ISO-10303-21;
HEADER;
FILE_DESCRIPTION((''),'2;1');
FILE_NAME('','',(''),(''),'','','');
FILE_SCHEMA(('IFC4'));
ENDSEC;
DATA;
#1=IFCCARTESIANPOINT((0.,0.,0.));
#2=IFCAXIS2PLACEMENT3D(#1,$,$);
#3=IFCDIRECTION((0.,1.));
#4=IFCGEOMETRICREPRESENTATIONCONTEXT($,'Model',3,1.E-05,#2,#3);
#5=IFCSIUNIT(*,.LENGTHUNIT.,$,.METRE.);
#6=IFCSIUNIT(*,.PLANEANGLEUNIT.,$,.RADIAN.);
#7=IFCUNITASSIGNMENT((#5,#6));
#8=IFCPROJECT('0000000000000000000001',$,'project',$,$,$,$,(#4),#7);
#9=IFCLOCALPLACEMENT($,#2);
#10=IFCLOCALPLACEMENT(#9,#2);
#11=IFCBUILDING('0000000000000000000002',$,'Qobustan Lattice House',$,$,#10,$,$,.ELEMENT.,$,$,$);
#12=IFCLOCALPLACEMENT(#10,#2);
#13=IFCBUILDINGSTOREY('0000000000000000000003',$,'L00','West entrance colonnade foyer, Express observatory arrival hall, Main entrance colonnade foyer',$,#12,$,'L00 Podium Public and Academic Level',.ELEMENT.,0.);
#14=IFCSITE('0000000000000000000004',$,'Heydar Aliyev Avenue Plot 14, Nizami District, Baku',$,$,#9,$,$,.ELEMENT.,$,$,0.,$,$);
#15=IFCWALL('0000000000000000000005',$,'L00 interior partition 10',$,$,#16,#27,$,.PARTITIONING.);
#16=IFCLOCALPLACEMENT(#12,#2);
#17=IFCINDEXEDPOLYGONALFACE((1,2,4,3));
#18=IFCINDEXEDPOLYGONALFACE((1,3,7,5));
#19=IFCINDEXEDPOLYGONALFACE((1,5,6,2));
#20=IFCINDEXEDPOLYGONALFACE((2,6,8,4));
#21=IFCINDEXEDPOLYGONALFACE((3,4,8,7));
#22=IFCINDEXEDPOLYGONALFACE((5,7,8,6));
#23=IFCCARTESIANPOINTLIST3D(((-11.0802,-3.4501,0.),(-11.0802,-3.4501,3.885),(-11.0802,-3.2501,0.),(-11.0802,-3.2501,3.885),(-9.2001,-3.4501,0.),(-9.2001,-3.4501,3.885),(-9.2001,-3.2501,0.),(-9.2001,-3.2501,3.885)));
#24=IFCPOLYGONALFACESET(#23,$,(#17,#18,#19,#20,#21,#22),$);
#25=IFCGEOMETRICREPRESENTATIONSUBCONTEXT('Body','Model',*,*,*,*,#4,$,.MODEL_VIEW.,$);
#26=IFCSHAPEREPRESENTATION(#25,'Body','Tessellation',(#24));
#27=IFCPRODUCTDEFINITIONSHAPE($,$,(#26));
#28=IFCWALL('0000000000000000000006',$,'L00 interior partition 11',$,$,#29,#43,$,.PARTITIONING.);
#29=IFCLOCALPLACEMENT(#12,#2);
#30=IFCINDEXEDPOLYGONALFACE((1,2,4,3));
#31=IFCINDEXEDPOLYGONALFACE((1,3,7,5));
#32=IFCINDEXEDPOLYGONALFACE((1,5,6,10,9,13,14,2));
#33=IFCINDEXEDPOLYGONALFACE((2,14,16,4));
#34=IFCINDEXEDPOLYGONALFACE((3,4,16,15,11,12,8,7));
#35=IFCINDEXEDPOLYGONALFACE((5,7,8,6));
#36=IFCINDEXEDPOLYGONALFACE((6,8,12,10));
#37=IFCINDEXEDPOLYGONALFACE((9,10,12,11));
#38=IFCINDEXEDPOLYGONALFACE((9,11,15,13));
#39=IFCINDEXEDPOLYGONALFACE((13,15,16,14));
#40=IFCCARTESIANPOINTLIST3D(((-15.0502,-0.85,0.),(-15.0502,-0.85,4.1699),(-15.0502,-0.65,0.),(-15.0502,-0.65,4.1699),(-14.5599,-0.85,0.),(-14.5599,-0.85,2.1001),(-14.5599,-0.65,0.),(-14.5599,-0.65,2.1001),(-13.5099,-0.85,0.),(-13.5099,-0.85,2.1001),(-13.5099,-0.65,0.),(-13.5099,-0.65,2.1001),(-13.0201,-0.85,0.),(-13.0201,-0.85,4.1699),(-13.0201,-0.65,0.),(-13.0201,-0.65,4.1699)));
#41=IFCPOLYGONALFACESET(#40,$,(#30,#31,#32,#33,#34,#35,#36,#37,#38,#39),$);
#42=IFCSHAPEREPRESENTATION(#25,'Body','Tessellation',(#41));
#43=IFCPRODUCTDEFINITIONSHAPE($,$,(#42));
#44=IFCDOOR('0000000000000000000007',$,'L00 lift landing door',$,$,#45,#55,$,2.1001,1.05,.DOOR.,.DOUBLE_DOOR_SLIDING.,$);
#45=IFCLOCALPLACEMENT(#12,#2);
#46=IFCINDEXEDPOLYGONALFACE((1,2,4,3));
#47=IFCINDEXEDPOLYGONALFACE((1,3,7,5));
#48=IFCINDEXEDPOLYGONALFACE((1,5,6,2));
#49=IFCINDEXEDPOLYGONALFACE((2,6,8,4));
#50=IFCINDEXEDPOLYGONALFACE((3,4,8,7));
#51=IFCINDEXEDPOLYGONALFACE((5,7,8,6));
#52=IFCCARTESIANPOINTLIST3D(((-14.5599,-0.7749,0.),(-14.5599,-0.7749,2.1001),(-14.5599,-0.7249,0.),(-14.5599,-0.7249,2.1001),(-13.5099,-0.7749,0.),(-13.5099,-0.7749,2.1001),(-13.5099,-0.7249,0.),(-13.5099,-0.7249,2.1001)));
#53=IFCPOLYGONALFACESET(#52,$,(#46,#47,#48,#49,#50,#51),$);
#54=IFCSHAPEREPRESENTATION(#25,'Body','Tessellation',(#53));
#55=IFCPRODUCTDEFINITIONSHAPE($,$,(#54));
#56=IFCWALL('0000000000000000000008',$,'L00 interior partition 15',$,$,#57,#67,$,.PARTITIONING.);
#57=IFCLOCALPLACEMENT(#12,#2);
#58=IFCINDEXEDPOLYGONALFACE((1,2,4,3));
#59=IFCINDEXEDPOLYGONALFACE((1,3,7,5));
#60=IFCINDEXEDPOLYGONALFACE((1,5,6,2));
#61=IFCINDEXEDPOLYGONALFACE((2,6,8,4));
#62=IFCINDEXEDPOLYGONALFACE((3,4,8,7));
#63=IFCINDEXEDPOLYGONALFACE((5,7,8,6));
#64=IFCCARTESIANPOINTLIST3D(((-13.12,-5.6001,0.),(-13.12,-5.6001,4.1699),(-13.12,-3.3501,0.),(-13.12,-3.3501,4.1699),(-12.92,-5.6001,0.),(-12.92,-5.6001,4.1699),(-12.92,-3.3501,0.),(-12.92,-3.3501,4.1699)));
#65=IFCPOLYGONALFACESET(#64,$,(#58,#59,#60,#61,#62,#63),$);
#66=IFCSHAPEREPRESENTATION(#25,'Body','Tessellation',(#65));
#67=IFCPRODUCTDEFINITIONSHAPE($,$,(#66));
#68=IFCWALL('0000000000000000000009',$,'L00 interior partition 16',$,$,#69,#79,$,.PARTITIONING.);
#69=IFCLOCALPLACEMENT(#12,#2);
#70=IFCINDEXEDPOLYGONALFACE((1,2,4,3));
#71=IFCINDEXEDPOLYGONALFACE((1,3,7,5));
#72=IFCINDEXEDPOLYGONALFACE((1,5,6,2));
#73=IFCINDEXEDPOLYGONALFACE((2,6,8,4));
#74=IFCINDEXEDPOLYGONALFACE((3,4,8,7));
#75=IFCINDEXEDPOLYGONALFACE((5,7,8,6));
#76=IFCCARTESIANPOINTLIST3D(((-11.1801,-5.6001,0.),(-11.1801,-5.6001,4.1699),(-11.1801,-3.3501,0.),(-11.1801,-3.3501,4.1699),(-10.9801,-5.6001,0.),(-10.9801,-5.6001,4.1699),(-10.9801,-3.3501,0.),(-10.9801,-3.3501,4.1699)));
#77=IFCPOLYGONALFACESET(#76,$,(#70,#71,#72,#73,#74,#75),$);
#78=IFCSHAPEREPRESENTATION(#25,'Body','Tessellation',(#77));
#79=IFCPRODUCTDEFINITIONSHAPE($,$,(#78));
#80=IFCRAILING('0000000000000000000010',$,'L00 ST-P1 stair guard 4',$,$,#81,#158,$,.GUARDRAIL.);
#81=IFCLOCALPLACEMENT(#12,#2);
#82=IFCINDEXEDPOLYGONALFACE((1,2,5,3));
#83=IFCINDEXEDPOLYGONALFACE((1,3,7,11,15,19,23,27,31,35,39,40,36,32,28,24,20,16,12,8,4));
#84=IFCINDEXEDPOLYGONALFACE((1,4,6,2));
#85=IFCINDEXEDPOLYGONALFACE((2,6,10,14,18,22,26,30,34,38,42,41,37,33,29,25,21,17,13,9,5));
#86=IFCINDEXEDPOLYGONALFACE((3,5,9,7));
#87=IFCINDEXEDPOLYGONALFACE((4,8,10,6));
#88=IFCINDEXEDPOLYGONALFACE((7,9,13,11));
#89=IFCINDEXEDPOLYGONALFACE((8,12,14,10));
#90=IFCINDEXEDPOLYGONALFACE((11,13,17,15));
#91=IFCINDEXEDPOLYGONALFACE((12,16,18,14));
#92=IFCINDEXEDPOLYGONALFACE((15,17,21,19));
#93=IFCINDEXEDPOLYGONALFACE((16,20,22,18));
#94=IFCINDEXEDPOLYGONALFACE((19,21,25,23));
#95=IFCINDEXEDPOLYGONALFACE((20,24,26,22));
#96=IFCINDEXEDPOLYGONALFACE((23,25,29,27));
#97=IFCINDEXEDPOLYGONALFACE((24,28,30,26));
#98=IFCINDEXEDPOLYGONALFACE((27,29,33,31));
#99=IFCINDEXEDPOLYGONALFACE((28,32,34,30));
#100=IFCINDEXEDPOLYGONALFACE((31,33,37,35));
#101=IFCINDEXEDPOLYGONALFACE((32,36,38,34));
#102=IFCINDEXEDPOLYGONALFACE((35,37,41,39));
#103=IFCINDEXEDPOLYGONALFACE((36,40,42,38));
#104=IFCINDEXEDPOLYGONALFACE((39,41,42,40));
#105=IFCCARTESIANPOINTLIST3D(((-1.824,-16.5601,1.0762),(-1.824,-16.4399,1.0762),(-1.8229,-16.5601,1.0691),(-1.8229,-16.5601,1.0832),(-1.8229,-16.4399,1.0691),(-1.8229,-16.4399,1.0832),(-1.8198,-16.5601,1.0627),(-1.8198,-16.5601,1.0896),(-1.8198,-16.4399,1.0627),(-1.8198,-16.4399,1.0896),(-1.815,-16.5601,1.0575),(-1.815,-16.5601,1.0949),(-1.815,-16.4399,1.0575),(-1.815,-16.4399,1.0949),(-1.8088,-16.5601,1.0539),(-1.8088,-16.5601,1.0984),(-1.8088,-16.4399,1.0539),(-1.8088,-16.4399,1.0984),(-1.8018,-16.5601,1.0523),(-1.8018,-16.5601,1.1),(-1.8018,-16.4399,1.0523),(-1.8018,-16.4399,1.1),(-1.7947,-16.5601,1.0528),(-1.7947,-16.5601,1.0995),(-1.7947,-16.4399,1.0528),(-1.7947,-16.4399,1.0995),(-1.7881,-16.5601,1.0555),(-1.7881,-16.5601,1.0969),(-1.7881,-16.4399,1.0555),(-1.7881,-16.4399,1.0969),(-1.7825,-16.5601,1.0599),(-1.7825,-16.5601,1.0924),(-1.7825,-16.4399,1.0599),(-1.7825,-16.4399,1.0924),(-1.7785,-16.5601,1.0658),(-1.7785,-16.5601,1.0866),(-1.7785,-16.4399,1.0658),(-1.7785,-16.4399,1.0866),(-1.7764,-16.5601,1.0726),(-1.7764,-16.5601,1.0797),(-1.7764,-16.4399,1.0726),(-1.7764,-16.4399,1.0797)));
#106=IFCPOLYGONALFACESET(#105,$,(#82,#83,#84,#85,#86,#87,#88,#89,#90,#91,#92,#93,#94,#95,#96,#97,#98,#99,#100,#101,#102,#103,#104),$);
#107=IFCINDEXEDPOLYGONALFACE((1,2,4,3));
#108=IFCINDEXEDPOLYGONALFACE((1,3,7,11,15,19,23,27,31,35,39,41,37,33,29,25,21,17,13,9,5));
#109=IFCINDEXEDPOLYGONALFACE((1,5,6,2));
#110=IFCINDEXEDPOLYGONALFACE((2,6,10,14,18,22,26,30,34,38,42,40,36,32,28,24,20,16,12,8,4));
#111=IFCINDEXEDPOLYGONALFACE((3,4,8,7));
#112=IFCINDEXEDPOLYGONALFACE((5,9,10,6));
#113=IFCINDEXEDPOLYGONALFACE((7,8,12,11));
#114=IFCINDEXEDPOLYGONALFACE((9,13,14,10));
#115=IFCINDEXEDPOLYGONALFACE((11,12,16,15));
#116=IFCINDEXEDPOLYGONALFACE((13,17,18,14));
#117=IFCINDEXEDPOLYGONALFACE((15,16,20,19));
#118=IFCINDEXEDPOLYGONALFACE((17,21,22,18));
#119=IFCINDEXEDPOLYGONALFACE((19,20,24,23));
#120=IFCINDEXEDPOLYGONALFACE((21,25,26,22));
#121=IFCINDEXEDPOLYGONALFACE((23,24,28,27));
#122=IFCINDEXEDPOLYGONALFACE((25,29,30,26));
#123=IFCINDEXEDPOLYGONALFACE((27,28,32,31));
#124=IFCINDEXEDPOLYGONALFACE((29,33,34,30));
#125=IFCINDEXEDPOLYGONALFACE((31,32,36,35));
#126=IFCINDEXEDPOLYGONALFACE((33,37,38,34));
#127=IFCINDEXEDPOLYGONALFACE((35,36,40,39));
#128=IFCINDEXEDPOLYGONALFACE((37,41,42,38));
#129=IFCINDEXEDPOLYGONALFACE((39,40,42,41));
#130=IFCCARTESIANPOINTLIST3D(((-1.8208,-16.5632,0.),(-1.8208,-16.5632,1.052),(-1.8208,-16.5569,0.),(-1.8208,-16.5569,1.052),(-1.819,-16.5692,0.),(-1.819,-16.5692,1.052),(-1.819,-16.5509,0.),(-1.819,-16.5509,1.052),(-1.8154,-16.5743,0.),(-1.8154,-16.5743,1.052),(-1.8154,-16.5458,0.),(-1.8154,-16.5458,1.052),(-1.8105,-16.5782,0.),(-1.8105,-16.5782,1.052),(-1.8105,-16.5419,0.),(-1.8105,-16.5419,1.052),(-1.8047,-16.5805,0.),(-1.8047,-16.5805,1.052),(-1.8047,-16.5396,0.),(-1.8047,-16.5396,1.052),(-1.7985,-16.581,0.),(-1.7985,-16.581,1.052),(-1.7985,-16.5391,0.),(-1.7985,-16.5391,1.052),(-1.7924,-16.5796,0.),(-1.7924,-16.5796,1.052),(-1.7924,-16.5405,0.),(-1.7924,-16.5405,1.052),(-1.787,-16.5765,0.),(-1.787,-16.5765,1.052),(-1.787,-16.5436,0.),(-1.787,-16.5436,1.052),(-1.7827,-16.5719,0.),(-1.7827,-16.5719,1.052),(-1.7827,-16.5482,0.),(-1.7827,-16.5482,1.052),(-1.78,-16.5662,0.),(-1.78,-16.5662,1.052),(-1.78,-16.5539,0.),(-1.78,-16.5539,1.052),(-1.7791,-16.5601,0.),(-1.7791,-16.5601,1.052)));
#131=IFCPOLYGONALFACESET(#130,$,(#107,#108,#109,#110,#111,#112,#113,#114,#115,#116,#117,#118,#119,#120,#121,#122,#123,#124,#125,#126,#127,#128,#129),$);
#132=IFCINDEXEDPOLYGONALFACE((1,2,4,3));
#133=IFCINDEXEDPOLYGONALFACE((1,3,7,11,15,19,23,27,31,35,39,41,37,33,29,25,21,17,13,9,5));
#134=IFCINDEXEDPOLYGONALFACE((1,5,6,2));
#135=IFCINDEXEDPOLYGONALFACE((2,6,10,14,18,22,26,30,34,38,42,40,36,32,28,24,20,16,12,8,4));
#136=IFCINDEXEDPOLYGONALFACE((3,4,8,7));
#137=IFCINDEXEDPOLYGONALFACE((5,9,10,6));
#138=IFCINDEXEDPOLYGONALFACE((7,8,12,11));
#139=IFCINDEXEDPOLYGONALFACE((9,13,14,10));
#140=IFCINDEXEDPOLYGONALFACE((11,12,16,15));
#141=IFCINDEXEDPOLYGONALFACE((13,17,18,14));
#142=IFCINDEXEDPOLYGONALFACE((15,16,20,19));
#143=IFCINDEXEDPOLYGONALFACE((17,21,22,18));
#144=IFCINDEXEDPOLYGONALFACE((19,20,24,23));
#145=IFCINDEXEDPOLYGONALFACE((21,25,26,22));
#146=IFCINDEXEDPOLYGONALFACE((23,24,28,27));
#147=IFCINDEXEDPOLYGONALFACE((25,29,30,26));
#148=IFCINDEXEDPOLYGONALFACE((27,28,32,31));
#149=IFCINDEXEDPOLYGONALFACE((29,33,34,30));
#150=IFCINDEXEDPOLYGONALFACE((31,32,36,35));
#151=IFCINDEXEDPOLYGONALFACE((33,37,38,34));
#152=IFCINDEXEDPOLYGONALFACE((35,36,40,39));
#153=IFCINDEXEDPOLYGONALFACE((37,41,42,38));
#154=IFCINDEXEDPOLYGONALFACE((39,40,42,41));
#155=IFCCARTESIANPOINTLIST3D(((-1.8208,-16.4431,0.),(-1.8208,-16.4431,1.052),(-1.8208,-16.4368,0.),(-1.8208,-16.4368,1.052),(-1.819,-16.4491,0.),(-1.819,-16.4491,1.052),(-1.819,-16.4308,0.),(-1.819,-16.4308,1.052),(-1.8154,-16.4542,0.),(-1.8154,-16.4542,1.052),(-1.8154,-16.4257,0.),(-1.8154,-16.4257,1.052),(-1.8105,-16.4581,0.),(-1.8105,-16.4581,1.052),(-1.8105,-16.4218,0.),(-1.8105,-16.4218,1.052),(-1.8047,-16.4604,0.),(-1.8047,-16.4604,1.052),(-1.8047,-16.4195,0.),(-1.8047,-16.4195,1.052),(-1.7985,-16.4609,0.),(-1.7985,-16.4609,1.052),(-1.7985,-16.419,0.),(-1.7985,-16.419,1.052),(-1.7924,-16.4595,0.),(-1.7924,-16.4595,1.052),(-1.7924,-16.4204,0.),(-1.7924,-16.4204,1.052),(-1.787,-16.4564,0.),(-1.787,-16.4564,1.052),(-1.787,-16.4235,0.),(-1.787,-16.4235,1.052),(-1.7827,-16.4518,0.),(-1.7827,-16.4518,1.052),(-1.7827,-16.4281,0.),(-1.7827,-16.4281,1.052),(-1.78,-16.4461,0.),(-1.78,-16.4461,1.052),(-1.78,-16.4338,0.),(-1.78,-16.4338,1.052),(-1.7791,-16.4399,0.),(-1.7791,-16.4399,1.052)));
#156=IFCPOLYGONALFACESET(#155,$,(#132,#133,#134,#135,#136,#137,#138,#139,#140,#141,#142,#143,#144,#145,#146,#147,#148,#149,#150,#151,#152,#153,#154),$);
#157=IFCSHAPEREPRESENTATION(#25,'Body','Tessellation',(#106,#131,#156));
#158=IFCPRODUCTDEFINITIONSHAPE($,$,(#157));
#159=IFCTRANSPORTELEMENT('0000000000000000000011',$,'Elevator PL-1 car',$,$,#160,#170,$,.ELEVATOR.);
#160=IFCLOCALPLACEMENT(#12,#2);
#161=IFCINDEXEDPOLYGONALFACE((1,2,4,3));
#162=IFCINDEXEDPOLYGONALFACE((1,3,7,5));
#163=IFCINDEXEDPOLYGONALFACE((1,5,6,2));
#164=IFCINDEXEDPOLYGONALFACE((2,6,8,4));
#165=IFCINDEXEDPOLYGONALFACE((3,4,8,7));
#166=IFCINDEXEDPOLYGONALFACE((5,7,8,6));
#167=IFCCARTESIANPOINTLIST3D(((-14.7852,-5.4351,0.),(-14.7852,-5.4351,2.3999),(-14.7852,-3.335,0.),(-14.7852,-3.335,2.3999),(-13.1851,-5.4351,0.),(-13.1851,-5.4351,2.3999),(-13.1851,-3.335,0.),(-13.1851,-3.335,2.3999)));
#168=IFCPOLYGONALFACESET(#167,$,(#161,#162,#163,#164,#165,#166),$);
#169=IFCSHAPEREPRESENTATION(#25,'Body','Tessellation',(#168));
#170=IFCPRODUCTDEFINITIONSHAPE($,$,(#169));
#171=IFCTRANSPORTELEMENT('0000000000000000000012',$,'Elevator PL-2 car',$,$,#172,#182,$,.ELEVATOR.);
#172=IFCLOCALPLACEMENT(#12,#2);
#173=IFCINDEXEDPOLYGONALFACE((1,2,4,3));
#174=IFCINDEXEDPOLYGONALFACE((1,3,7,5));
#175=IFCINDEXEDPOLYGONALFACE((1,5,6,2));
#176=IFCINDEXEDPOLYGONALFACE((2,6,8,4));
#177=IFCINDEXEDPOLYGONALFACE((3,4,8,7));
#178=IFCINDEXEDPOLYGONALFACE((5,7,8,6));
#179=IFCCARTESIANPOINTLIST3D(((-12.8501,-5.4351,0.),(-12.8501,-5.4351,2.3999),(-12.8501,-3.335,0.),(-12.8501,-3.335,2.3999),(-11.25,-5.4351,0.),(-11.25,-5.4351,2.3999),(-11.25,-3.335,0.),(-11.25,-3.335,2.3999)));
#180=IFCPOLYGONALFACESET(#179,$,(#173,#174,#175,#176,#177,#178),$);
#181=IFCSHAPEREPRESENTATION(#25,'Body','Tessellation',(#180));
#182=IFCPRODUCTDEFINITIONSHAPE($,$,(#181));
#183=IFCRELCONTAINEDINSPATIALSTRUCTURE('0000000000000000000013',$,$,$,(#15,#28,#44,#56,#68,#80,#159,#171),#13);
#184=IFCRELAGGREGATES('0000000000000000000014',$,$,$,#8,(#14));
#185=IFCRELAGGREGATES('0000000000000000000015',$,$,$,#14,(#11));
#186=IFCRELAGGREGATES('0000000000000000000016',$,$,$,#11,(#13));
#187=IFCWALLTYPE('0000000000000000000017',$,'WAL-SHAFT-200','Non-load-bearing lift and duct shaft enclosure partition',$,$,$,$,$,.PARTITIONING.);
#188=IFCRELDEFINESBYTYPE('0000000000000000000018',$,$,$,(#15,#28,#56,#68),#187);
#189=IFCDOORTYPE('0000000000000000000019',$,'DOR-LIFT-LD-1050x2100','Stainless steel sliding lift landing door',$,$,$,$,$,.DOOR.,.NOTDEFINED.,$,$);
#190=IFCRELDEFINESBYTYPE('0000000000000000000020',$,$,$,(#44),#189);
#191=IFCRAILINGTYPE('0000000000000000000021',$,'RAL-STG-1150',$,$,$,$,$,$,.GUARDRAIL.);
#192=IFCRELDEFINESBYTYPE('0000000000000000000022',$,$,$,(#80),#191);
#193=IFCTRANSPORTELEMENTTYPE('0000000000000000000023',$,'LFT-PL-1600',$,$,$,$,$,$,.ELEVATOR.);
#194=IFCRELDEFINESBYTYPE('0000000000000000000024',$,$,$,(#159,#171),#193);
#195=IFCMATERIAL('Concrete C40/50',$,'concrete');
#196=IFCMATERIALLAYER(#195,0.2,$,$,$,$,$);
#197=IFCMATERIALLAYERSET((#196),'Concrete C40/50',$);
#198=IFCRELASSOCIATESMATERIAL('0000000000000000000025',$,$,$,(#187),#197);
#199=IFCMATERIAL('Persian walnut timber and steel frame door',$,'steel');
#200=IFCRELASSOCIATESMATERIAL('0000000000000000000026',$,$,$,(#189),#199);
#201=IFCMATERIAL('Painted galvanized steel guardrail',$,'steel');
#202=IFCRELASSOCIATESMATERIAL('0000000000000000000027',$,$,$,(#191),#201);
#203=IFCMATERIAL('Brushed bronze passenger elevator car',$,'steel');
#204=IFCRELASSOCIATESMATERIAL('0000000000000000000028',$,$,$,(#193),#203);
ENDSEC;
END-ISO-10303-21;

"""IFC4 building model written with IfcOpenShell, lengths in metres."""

from ifc_helpers import new_model, si_unit, direction, frame, frame_2d, origin, origin_2d, place, context, subcontext, project, spatial, rectangle, circle, extrude, material, layer, layer_set, type_object, element, fill, save


model = new_model("IFC4")

# Units and contexts
model_context = context("Model", 3, precision=1e-05, world=origin(), true_north=direction((0.0, 1.0)))
body_context = subcontext(model_context, "Body", "Model", "MODEL_VIEW")
ifc_project = project(units=[si_unit("LENGTHUNIT", "METRE"), si_unit("PLANEANGLEUNIT", "RADIAN")], contexts=[model_context])

# Site, building, storey
site_placement = place(None, origin())
site = spatial("IfcSite", under=ifc_project, at=site_placement, Name="Heydar Aliyev Avenue Plot 14, Nizami District, Baku", CompositionType="ELEMENT", RefElevation=0.0)
building_placement = place(site_placement, origin())
building = spatial("IfcBuilding", under=site, at=building_placement, Name="Qobustan Lattice House", CompositionType="ELEMENT")
storey_placement = place(building_placement, origin())
storey = spatial("IfcBuildingStorey", under=building, at=storey_placement, Name="L00", Description="West entrance colonnade foyer, Express observatory arrival hall, Main entrance colonnade foyer", LongName="L00 Podium Public and Academic Level", CompositionType="ELEMENT", Elevation=0.0)

# Shared definitions
ifc_material_1 = material(Name="Concrete C40/50", Category="concrete")
ifc_layer_1 = layer(ifc_material_1, 0.2)
ifc_layer_set_1 = layer_set([ifc_layer_1], Name="Concrete C40/50")
wall_type_1 = type_object("IfcWallType", Name="WAL-SHAFT-200", Description="Non-load-bearing lift and duct shaft enclosure partition", PredefinedType="PARTITIONING", material=ifc_layer_set_1)

# Shared definitions
ifc_material_2 = material(Name="Persian walnut timber and steel frame door", Category="steel")
door_type_1 = type_object("IfcDoorType", Name="DOR-LIFT-LD-1050x2100", Description="Stainless steel sliding lift landing door", OperationType="NOTDEFINED", PredefinedType="DOOR", material=ifc_material_2)

# Wall
wall_1_placement = place(storey_placement, frame((-11.0801, -3.3501, 0.0), z_axis=(0.0, 0.0, 1.0), x_axis=(1.0, 0.0, 0.0)))
element("IfcWall", 1, at=wall_1_placement, inside=storey, type_object=wall_type_1, Name="L00 interior partition 10", PredefinedType="PARTITIONING", context=body_context, shape_type="SweptSolid", body=[
    extrude(rectangle(XDim=1.8801, YDim=0.2, at=frame_2d((0.9399, 0.0))), origin(), (0.0, 0.0, 1.0), 3.885),
])

# Wall, opening, door
wall_2_placement = place(storey_placement, frame((-13.02, -0.75, 0.0), z_axis=(0.0, 0.0, 1.0), x_axis=(-1.0, 0.0, 0.0)))
wall_2 = element("IfcWall", 2, at=wall_2_placement, inside=storey, type_object=wall_type_1, Name="L00 interior partition 11", PredefinedType="PARTITIONING", context=body_context, shape_type="SweptSolid", body=[
    extrude(rectangle(XDim=2.03, YDim=0.2, at=frame_2d((1.0151, 0.0))), origin(), (0.0, 0.0, 1.0), 4.1699),
])
opening_1_placement = place(wall_2_placement, frame((0.49, 0.0, 0.0)))
opening_1 = element("IfcOpeningElement", 3, at=opening_1_placement, cuts=wall_2, PredefinedType="OPENING", context=body_context, shape_type="SweptSolid", body=[
    extrude(rectangle(XDim=1.05, YDim=2.1001, at=frame_2d((0.5249, 1.05))), frame((0.0, 0.1099, 0.0), z_axis=(0.0, -1.0, 0.0), x_axis=(1.0, 0.0, 0.0)), (0.0, 0.0, 1.0), 0.22),
])
door_1_placement = place(opening_1_placement, origin())
door_1 = element("IfcDoor", 4, at=door_1_placement, inside=storey, type_object=door_type_1, Name="L00 lift landing door", OperationType="DOUBLE_DOOR_SLIDING", OverallHeight=2.1001, OverallWidth=1.05, PredefinedType="DOOR", context=body_context, shape_type="SweptSolid", body=[
    extrude(rectangle(XDim=1.05, YDim=2.1001, at=frame_2d((0.5249, 1.05))), frame((0.0, 0.0249, 0.0), z_axis=(0.0, -1.0, 0.0), x_axis=(1.0, 0.0, 0.0)), (0.0, 0.0, 1.0), 0.05),
])
fill(opening_1, door_1)

# Walls
for number, where, z_axis, x_axis, name in (
    (5, (-13.02, -5.6001, 0.0), (0.0, 0.0, 1.0), (0.0, 1.0, 0.0), "L00 interior partition 15"),
    (6, (-11.0801, -5.6001, 0.0), (0.0, 0.0, 1.0), (0.0, 1.0, 0.0), "L00 interior partition 16"),
):
    element("IfcWall", number, at=place(storey_placement, frame(where, z_axis=z_axis, x_axis=x_axis)), inside=storey, type_object=wall_type_1, Name=name, PredefinedType="PARTITIONING", context=body_context, shape_type="SweptSolid", body=[
        extrude(rectangle(XDim=2.25, YDim=0.2, at=frame_2d((1.125, 0.0))), origin(), (0.0, 0.0, 1.0), 4.1699),
    ])

# Railing
ifc_material_3 = material(Name="Painted galvanized steel guardrail", Category="steel")
railing_type = type_object("IfcRailingType", Name="RAL-STG-1150", PredefinedType="GUARDRAIL", material=ifc_material_3)
railing_placement = place(storey_placement, frame((-1.8, -16.5601, 0.0)))
element("IfcRailing", 7, at=railing_placement, inside=storey, type_object=railing_type, Name="L00 ST-P1 stair guard 4", PredefinedType="GUARDRAIL", context=body_context, shape_type="SweptSolid", body=[
    extrude(circle(Radius=0.0239, at=origin_2d()), frame((0.0, 0.0, 1.0762), z_axis=(0.0, 1.0, 0.0), x_axis=(-1.0, 0.0, 0.0)), (0.0, 0.0, 1.0), 0.1201),
    extrude(circle(Radius=0.021, at=origin_2d()), origin(), (0.0, 0.0, 1.0), 1.052),
    extrude(circle(Radius=0.021, at=origin_2d()), frame((0.0, 0.1201, 0.0)), (0.0, 0.0, 1.0), 1.052),
])

# Transport elements
ifc_material_4 = material(Name="Brushed bronze passenger elevator car", Category="steel")
transport_element_type = type_object("IfcTransportElementType", Name="LFT-PL-1600", PredefinedType="ELEVATOR", material=ifc_material_4)
for number, where, z_axis, x_axis, name in (
    (8, (-13.9851, -4.385, 0.0), (0.0, 0.0, 1.0), (1.0, 0.0, 0.0), "Elevator PL-1 car"),
    (9, (-12.05, -4.385, 0.0), (0.0, 0.0, 1.0), (1.0, 0.0, 0.0), "Elevator PL-2 car"),
):
    element("IfcTransportElement", number, at=place(storey_placement, frame(where, z_axis=z_axis, x_axis=x_axis)), inside=storey, type_object=transport_element_type, Name=name, PredefinedType="ELEVATOR", context=body_context, shape_type="SweptSolid", body=[
        extrude(rectangle(XDim=1.6001, YDim=2.1001, at=origin_2d()), origin(), (0.0, 0.0, 1.0), 2.3999),
    ])

save(model, "model.ifc")
